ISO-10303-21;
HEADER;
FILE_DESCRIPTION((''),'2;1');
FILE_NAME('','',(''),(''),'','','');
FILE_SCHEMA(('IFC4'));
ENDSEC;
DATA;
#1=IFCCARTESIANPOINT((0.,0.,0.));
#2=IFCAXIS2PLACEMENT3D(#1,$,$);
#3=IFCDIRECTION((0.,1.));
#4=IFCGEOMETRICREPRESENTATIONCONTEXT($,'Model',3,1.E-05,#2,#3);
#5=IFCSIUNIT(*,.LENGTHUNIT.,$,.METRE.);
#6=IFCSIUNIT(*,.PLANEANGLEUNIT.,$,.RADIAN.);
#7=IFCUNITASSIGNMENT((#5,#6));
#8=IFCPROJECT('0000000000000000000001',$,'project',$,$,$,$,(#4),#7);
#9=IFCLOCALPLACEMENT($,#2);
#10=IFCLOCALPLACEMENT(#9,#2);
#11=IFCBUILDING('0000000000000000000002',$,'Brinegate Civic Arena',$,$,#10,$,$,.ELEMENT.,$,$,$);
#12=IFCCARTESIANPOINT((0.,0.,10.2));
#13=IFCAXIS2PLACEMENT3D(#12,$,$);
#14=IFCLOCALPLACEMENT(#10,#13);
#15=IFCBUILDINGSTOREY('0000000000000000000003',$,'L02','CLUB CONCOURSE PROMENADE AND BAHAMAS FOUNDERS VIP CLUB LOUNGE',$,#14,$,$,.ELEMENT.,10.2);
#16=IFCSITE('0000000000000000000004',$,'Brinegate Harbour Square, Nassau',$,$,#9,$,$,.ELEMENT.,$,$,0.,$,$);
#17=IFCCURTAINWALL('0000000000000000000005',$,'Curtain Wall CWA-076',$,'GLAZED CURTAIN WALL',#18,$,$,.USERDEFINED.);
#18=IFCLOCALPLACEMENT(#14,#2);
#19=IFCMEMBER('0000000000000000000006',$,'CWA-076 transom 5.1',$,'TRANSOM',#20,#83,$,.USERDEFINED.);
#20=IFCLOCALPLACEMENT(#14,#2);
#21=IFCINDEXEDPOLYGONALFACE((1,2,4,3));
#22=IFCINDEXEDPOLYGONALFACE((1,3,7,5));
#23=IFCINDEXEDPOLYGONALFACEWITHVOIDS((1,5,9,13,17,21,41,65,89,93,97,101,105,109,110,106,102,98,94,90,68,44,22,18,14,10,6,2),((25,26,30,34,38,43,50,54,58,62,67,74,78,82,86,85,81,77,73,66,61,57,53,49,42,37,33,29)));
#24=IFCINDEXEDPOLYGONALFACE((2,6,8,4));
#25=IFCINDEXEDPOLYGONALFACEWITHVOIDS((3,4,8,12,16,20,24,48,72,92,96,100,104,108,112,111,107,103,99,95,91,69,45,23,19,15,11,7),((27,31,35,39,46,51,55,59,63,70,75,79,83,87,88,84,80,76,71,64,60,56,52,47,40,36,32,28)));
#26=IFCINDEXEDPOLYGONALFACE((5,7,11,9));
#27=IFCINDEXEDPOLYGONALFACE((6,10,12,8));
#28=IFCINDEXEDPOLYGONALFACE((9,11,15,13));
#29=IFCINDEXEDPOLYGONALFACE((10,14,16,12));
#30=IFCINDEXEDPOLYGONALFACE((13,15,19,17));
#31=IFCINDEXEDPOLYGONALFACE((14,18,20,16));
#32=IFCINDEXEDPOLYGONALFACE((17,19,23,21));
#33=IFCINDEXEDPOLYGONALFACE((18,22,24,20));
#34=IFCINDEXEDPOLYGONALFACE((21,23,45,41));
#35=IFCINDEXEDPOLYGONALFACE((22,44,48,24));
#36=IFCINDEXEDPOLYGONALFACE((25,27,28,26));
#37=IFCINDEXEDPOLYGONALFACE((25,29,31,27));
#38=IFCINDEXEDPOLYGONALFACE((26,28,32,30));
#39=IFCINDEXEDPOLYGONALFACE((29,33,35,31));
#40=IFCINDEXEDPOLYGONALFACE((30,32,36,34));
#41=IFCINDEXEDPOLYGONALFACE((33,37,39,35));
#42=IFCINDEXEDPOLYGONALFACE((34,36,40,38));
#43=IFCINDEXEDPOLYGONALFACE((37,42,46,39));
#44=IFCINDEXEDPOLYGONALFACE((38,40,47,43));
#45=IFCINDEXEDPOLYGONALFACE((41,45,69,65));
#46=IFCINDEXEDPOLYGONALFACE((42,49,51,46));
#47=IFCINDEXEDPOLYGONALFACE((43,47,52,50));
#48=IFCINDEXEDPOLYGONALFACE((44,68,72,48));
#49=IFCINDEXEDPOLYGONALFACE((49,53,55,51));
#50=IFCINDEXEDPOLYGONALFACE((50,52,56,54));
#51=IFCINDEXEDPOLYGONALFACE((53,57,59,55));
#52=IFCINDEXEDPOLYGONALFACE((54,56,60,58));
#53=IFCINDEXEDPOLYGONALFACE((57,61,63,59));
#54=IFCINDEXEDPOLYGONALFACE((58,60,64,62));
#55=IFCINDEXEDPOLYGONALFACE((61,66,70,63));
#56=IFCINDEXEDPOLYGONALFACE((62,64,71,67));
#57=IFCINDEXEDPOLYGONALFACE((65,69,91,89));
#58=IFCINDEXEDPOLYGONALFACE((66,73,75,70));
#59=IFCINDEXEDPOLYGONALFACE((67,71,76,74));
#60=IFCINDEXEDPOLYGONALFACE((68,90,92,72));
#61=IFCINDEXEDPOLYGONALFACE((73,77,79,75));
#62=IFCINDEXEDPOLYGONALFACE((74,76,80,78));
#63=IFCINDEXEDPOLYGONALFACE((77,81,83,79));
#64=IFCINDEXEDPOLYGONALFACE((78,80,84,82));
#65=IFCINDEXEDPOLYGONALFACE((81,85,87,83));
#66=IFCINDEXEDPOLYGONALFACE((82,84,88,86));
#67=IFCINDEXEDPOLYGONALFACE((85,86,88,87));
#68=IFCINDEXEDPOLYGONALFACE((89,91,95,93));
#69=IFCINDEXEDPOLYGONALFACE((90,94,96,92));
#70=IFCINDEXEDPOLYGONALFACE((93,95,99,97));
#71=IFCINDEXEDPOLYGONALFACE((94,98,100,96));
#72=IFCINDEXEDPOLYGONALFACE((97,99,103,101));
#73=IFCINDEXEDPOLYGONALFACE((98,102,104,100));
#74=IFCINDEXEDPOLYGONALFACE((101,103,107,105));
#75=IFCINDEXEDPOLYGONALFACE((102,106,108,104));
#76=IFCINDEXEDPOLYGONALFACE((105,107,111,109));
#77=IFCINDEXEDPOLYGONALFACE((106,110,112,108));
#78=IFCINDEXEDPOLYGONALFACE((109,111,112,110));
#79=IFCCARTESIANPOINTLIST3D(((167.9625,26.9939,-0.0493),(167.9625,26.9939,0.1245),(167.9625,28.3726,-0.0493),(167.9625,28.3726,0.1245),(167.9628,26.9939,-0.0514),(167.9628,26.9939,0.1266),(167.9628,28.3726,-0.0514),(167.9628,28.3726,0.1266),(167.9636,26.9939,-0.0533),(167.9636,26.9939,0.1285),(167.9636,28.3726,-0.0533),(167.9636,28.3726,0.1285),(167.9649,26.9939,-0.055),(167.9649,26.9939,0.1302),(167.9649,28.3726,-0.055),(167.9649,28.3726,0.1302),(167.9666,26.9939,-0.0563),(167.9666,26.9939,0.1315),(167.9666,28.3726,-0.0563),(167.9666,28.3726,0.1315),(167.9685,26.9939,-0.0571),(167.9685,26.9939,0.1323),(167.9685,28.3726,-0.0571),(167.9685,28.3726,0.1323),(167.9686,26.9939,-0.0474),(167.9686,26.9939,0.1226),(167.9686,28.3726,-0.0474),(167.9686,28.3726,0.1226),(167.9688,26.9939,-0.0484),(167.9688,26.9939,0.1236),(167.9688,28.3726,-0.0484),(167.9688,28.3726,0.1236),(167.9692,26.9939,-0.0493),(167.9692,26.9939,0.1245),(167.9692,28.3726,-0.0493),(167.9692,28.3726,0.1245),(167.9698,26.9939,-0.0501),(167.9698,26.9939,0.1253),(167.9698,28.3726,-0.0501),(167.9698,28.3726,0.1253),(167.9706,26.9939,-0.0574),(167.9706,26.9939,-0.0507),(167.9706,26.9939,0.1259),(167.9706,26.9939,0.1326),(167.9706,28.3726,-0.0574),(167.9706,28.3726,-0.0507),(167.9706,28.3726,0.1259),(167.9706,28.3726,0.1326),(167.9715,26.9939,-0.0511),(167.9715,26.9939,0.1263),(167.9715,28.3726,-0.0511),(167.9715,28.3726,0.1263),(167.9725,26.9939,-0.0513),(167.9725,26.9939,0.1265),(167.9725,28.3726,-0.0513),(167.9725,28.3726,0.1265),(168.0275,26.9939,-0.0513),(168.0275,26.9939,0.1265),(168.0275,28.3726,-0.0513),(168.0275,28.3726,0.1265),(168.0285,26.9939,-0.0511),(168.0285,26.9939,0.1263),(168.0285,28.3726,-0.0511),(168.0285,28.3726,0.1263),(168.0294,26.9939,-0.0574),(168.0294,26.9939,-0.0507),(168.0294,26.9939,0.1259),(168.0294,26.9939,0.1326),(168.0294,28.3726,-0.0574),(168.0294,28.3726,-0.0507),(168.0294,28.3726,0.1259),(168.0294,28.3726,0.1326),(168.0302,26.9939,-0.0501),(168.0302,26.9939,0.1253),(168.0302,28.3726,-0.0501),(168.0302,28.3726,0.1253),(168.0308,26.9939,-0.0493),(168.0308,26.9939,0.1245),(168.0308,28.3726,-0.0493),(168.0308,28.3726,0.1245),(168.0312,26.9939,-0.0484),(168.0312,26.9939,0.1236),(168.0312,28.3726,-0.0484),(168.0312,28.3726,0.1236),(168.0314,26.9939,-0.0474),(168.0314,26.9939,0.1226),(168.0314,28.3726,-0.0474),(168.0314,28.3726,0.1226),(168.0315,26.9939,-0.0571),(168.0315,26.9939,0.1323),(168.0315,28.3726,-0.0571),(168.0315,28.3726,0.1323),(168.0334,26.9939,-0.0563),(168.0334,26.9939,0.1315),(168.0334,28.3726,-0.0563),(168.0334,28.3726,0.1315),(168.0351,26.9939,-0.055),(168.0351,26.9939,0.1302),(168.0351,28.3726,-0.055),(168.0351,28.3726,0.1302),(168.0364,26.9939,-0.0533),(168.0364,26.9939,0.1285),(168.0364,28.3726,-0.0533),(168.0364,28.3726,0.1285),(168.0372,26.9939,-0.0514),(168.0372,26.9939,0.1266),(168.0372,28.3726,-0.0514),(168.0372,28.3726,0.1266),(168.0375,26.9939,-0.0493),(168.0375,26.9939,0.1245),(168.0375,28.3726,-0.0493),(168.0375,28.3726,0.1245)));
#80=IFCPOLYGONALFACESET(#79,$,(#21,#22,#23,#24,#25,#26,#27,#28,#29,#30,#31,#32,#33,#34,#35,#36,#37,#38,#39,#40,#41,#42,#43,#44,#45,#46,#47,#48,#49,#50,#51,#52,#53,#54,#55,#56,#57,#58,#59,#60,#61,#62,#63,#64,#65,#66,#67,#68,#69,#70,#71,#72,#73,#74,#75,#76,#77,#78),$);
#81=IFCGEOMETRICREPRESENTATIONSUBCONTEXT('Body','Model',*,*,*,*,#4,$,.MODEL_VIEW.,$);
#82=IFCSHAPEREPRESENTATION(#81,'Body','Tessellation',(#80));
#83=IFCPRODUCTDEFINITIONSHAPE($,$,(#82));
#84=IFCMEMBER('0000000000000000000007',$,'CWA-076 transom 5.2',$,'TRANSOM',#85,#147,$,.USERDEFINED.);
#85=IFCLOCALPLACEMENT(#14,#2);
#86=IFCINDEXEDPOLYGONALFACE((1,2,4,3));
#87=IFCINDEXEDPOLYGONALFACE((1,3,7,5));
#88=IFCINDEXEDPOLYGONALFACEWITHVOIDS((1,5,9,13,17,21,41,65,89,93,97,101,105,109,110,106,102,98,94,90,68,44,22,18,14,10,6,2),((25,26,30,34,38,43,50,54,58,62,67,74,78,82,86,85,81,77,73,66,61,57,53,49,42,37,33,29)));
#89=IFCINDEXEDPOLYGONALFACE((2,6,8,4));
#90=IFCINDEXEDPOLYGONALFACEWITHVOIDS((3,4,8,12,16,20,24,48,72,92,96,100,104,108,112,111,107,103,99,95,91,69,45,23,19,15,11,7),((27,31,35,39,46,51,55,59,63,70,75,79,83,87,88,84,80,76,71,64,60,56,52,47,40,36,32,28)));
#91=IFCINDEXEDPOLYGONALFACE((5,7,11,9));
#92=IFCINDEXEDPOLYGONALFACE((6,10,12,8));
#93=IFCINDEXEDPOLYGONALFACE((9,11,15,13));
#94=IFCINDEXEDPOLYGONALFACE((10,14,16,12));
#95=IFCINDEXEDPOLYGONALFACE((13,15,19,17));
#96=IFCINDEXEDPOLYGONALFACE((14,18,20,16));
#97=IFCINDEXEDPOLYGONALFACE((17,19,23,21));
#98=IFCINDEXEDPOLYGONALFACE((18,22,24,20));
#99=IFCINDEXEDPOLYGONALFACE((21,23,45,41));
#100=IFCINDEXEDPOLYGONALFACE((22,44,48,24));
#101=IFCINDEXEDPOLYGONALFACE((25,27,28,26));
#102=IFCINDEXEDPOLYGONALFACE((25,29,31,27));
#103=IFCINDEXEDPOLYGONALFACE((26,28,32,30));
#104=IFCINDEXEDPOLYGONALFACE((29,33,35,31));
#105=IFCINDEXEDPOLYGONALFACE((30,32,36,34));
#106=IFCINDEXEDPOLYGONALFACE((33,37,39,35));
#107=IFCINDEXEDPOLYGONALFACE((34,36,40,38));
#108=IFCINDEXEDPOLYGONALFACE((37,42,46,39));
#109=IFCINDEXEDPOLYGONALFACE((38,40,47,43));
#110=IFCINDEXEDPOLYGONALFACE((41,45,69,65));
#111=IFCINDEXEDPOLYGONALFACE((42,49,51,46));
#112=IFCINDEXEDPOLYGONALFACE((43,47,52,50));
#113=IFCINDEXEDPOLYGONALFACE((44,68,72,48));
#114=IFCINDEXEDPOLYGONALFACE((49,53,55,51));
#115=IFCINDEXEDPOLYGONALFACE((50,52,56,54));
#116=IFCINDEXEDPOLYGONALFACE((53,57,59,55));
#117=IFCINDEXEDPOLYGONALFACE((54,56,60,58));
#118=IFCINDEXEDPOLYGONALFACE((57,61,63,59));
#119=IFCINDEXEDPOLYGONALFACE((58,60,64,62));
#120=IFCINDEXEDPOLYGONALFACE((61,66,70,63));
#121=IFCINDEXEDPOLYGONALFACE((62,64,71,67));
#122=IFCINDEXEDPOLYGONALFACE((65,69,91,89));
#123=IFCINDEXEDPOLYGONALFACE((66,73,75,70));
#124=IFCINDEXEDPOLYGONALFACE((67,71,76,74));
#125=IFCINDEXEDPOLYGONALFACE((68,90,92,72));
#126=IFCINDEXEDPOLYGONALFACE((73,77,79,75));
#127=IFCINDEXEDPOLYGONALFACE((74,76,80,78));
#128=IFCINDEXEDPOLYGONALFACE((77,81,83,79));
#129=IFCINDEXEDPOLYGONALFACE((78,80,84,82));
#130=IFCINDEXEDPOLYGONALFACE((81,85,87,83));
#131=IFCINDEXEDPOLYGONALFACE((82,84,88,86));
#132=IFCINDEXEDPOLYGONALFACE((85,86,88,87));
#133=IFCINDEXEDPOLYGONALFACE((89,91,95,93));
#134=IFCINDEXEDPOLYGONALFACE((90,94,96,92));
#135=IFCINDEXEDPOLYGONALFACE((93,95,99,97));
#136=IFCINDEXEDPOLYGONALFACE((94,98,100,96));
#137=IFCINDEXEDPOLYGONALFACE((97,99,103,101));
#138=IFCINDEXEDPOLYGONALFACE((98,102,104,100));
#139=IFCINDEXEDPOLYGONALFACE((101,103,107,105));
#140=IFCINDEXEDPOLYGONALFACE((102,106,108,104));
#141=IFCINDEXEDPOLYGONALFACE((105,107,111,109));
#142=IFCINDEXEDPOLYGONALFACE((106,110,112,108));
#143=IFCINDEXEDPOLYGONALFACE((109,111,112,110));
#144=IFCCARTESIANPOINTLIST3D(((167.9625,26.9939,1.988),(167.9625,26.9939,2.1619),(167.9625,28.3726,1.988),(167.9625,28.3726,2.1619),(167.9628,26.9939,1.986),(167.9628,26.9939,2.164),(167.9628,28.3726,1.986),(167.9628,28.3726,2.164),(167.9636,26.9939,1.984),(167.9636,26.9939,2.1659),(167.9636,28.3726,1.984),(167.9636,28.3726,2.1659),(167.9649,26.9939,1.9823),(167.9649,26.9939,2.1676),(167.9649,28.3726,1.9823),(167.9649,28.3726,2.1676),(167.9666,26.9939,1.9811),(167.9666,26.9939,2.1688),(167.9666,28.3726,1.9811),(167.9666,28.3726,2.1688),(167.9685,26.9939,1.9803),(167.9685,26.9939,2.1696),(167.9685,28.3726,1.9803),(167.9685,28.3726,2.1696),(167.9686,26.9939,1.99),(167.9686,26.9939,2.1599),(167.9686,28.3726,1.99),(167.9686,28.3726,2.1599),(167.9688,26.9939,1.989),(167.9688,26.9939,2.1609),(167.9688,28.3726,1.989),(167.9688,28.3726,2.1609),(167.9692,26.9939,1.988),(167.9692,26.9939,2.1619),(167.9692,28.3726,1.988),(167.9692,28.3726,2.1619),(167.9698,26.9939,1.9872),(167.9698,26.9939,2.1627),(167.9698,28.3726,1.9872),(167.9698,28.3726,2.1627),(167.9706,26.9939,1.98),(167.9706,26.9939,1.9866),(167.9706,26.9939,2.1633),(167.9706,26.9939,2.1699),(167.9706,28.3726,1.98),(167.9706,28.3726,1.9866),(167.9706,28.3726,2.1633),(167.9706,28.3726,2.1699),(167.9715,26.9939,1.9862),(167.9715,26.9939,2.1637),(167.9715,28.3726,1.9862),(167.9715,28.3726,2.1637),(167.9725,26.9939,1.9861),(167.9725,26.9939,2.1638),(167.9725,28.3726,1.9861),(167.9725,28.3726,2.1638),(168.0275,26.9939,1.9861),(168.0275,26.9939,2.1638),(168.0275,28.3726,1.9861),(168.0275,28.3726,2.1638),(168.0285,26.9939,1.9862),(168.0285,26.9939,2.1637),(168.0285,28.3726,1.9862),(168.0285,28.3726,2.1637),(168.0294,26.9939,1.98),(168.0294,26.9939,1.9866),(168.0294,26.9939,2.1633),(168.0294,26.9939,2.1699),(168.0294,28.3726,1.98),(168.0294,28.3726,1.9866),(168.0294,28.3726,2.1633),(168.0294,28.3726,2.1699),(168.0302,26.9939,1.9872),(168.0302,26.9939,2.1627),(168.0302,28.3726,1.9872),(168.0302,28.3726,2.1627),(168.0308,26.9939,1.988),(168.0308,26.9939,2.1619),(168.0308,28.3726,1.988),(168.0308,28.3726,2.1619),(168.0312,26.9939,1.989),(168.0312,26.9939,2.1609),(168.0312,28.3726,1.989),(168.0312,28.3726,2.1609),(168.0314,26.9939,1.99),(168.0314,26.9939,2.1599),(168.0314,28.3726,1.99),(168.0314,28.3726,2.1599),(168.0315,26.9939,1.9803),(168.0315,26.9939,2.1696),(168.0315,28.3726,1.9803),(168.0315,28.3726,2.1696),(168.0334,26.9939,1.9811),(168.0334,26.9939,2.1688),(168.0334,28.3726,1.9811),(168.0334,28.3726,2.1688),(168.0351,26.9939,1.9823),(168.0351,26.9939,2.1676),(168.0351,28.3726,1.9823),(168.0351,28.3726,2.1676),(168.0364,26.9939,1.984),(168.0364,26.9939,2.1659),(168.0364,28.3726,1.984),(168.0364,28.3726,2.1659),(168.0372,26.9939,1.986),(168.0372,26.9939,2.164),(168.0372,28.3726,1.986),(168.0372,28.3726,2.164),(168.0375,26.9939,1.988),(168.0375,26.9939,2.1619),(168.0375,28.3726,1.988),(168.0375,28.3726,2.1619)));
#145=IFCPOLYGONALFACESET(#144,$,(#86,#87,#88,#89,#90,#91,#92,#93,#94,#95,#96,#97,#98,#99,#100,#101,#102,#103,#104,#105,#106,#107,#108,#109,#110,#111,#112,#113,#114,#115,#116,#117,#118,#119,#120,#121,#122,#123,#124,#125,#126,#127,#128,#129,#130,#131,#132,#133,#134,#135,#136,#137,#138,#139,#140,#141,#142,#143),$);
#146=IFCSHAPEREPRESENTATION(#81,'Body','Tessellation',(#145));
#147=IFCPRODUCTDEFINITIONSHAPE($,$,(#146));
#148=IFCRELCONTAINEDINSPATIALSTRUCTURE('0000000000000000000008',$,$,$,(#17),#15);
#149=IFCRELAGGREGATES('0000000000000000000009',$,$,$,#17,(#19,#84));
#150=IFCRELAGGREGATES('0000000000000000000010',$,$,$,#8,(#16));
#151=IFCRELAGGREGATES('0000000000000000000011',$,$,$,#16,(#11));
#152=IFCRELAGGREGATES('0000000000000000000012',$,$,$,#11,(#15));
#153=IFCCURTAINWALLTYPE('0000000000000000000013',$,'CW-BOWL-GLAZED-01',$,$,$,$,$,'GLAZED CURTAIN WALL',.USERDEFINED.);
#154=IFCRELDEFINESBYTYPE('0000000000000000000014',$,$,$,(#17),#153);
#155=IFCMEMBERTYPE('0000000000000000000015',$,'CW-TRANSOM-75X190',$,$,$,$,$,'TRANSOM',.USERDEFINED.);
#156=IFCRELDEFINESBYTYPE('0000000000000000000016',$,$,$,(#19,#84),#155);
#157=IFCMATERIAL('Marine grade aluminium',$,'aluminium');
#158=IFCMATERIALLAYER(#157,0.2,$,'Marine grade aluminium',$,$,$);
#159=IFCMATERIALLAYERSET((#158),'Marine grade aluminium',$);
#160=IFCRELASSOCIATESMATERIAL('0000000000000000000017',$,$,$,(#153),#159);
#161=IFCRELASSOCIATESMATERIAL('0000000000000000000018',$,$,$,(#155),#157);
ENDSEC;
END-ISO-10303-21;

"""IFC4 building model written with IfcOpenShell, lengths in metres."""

from ifc_helpers import new_model, si_unit, direction, frame, origin, origin_2d, place, context, subcontext, project, spatial, hollow_rectangle, extrude, material, layer, layer_set, material_profile, profile_set, type_object, element, aggregate, save


model = new_model("IFC4")

# Units and contexts
model_context = context("Model", 3, precision=1e-05, world=origin(), true_north=direction((0.0, 1.0)))
body_context = subcontext(model_context, "Body", "Model", "MODEL_VIEW")
ifc_project = project(units=[si_unit("LENGTHUNIT", "METRE"), si_unit("PLANEANGLEUNIT", "RADIAN")], contexts=[model_context])

# Site, building, storey
site_placement = place(None, origin())
site = spatial("IfcSite", under=ifc_project, at=site_placement, Name="Brinegate Harbour Square, Nassau", CompositionType="ELEMENT", RefElevation=0.0)
building_placement = place(site_placement, origin())
building = spatial("IfcBuilding", under=site, at=building_placement, Name="Brinegate Civic Arena", CompositionType="ELEMENT")
storey_placement = place(building_placement, frame((0.0, 0.0, 10.2)))
storey = spatial("IfcBuildingStorey", under=building, at=storey_placement, Name="L02", Description="CLUB CONCOURSE PROMENADE AND BAHAMAS FOUNDERS VIP CLUB LOUNGE", CompositionType="ELEMENT", Elevation=10.2)

# Curtain wall, members
ifc_material_1 = material(Name="Marine grade aluminium", Category="aluminium")
ifc_layer_1 = layer(ifc_material_1, 0.2, Name="Marine grade aluminium")
ifc_layer_set_1 = layer_set([ifc_layer_1], Name="Marine grade aluminium")
curtain_wall_type = type_object("IfcCurtainWallType", Name="CW-BOWL-GLAZED-01", ElementType="GLAZED CURTAIN WALL", PredefinedType="USERDEFINED", material=ifc_layer_set_1)
curtain_wall_placement = place(storey_placement, origin())
curtain_wall = element("IfcCurtainWall", 1, at=curtain_wall_placement, inside=storey, type_object=curtain_wall_type, Name="Curtain Wall CWA-076", ObjectType="GLAZED CURTAIN WALL", PredefinedType="USERDEFINED")
ifc_material_profile_1 = material_profile(ifc_material_1, hollow_rectangle(XDim=0.075, YDim=0.1899, WallThickness=0.0061, InnerFilletRadius=0.0039, OuterFilletRadius=0.0081, at=origin_2d()), Name="TRN75X190")
ifc_profile_set_1 = profile_set([ifc_material_profile_1], Name="Marine grade aluminium")
member_type_1 = type_object("IfcMemberType", Name="CW-TRANSOM-75X190", ElementType="TRANSOM", PredefinedType="USERDEFINED", material=ifc_profile_set_1)
member_1_placement = place(storey_placement, frame((168.0, 26.9939, 0.0376), z_axis=(0.0, 1.0, 0.0), x_axis=(-1.0, 0.0, 0.0)))
member_1 = element("IfcMember", 2, at=member_1_placement, type_object=member_type_1, Name="CWA-076 transom 5.1", ObjectType="TRANSOM", PredefinedType="USERDEFINED", context=body_context, shape_type="SweptSolid", body=[
    extrude(hollow_rectangle(XDim=0.075, YDim=0.1899, WallThickness=0.0061, InnerFilletRadius=0.0039, OuterFilletRadius=0.0081, at=origin_2d()), origin(), (0.0, 0.0, 1.0), 1.3787),
])
member_2_placement = place(storey_placement, frame((168.0, 26.9939, 2.075), z_axis=(0.0, 1.0, 0.0), x_axis=(-1.0, 0.0, 0.0)))
member_2 = element("IfcMember", 3, at=member_2_placement, type_object=member_type_1, Name="CWA-076 transom 5.2", ObjectType="TRANSOM", PredefinedType="USERDEFINED", context=body_context, shape_type="SweptSolid", body=[
    extrude(hollow_rectangle(XDim=0.075, YDim=0.1899, WallThickness=0.0061, InnerFilletRadius=0.0039, OuterFilletRadius=0.0081, at=origin_2d()), origin(), (0.0, 0.0, 1.0), 1.3787),
])

aggregate(curtain_wall, [member_1, member_2])

save(model, "model.ifc")
